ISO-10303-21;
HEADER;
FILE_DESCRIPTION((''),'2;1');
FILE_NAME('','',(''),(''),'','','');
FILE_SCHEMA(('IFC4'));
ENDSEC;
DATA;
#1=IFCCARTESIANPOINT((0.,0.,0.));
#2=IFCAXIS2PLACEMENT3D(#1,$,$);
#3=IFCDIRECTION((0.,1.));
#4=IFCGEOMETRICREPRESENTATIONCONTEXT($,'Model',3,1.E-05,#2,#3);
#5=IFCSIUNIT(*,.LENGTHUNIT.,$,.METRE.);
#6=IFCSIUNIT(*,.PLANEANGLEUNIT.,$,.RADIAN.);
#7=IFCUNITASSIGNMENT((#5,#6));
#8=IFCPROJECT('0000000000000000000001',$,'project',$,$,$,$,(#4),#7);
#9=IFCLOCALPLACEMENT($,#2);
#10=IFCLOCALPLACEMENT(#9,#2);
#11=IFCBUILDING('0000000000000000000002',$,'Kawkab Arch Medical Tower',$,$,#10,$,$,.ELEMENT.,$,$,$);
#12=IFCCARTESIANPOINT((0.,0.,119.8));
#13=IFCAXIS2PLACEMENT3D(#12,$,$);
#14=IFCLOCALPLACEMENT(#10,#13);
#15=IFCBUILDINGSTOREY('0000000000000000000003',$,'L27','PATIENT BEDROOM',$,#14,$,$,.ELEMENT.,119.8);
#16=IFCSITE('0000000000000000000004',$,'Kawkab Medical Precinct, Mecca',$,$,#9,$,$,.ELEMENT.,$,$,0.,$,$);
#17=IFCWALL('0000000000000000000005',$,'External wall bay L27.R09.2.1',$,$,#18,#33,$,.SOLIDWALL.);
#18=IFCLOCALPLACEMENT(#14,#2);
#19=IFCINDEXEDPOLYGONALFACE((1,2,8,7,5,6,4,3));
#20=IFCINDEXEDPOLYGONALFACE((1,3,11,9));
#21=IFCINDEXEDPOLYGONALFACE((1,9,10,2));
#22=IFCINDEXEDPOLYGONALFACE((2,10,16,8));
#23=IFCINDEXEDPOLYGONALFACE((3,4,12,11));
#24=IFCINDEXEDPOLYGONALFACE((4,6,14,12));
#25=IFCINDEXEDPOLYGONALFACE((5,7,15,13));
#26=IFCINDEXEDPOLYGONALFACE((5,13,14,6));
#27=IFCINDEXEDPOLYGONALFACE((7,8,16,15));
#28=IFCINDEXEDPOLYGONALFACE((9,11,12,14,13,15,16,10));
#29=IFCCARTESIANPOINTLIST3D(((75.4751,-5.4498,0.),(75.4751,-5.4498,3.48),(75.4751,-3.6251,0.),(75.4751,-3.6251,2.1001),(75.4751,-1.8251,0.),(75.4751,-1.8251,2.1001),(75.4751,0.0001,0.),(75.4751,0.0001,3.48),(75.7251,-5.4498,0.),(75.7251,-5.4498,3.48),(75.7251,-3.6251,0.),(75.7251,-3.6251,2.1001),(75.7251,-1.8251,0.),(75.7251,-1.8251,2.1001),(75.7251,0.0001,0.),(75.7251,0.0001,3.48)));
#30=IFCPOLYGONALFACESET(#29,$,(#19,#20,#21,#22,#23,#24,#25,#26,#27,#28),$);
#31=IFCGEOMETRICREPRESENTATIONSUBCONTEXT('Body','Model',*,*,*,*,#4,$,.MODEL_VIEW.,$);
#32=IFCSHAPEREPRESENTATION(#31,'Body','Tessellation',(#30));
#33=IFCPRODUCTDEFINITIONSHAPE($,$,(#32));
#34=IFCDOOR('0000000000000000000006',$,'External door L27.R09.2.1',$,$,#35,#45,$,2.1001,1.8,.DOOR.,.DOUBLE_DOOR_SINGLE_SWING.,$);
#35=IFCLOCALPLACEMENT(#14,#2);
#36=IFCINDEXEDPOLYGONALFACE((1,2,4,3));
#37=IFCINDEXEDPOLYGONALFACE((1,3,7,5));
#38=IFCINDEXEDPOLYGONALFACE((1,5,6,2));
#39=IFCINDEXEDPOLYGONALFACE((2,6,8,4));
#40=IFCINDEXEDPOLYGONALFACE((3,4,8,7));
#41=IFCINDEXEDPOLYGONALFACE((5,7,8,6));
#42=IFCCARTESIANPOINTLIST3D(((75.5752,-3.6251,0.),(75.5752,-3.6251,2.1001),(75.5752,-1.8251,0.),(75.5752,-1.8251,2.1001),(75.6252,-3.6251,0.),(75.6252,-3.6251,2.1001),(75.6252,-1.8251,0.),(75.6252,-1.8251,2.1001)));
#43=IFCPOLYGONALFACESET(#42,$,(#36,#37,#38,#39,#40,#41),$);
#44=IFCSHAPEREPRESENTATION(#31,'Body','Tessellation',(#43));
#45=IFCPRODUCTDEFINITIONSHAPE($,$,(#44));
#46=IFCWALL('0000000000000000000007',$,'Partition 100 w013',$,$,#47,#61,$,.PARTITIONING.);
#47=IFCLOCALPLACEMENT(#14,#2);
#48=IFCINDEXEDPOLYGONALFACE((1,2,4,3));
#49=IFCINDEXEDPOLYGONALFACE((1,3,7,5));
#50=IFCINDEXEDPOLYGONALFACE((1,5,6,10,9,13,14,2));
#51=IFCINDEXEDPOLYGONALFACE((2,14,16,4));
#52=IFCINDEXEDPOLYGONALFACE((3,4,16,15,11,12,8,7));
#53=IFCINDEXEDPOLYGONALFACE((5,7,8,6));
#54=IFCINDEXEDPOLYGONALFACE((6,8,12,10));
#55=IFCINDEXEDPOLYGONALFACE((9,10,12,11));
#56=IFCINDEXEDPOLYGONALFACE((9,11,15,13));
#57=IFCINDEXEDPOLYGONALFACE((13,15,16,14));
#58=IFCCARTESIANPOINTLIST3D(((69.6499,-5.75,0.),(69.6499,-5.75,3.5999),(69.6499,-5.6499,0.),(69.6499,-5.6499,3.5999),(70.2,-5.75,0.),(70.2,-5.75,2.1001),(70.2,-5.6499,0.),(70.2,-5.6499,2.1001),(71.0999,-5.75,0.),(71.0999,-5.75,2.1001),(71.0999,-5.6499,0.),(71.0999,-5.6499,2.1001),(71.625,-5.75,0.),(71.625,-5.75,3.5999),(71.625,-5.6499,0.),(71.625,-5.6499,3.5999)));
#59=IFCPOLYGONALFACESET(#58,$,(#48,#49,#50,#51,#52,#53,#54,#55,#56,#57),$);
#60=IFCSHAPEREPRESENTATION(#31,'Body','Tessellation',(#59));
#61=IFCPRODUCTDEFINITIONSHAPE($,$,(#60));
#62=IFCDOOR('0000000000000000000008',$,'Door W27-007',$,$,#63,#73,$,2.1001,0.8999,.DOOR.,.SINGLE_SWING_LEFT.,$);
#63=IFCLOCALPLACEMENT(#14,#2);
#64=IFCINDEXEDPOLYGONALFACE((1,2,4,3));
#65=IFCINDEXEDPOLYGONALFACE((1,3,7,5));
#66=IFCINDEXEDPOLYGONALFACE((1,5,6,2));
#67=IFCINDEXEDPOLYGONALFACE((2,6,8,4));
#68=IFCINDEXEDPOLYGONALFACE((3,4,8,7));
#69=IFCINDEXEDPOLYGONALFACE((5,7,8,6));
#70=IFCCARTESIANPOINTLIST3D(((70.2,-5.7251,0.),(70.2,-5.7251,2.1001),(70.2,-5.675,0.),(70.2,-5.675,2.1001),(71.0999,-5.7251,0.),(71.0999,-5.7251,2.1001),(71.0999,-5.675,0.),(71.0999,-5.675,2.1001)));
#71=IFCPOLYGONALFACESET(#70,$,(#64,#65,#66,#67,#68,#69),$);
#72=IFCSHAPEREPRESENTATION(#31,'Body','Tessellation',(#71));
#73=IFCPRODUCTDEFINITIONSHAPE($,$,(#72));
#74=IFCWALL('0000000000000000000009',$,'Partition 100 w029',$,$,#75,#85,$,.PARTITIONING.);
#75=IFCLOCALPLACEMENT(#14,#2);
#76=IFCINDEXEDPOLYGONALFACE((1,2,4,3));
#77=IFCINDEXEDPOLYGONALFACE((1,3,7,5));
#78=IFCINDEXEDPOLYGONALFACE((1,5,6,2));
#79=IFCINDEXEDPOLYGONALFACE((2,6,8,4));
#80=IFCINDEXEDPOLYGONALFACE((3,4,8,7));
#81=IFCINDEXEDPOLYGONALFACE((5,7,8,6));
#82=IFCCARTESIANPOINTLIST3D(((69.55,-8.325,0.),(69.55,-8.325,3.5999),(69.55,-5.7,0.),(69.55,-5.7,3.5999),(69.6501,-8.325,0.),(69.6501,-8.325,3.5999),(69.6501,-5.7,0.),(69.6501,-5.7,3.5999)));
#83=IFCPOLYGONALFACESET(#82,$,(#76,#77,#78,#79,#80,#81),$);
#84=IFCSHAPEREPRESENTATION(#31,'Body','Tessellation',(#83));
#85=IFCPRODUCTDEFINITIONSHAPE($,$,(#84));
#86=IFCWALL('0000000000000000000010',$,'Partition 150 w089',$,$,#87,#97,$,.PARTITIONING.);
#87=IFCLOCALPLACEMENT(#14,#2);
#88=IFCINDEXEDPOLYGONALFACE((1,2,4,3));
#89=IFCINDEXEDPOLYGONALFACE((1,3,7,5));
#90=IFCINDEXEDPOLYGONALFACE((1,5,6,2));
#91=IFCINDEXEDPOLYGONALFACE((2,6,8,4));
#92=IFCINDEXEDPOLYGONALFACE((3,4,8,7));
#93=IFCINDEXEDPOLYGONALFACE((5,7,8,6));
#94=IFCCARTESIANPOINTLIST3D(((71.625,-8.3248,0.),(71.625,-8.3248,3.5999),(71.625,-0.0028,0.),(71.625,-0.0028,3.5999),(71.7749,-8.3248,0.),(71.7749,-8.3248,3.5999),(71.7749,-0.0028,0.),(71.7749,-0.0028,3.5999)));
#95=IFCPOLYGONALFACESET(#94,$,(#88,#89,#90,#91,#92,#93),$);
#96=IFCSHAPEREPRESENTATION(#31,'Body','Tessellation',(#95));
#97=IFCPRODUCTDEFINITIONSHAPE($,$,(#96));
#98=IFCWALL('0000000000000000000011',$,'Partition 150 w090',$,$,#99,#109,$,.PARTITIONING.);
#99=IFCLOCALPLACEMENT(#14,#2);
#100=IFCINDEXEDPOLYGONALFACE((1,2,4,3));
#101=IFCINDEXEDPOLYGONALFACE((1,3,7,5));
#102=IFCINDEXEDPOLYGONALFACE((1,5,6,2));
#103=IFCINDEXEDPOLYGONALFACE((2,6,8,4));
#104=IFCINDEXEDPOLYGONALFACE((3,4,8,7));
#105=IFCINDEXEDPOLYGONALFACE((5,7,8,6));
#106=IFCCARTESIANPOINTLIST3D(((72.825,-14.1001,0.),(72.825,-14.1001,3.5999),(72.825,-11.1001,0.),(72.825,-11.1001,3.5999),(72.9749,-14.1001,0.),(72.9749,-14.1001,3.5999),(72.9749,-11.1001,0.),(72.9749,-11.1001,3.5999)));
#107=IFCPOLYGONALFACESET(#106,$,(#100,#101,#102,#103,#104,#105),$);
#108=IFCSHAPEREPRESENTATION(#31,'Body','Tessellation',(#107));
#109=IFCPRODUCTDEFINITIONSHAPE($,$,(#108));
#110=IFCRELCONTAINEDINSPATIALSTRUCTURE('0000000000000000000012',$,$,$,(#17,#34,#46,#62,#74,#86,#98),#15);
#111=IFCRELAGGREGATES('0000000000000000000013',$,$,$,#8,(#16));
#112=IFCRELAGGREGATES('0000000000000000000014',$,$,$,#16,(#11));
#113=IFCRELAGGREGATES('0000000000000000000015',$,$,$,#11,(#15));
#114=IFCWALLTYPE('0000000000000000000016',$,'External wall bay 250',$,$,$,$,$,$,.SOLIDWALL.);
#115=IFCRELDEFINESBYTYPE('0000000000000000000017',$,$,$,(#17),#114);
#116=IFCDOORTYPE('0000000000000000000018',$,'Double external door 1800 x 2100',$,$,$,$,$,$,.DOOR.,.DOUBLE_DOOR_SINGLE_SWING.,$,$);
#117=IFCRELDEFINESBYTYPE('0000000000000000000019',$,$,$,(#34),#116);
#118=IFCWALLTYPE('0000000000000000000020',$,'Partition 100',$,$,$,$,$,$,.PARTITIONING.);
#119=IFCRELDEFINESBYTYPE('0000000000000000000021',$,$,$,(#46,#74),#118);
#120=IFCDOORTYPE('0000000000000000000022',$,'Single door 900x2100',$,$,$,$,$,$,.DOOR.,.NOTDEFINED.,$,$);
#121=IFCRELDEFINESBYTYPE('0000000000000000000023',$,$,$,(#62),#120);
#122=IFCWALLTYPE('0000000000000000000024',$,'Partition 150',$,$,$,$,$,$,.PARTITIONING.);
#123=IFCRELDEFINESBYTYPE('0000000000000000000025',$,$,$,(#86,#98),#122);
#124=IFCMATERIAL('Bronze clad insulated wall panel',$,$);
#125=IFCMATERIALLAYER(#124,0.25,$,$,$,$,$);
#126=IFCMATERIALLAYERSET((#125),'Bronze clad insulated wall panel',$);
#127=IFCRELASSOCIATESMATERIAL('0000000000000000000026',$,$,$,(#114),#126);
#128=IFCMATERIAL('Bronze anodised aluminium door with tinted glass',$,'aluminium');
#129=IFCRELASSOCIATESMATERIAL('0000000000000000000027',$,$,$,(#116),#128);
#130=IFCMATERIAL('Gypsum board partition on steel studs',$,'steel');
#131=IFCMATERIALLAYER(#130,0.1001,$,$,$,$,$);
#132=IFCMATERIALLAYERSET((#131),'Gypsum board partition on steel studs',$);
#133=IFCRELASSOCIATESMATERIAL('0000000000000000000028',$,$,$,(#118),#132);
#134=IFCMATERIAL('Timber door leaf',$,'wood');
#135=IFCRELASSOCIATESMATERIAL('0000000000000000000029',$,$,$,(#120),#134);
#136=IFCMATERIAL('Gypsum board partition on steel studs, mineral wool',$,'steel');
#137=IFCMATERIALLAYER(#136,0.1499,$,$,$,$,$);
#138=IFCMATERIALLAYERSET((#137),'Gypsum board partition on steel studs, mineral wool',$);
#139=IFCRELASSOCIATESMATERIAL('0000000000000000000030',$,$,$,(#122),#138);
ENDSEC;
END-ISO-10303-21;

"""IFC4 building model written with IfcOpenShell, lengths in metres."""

from ifc_helpers import new_model, si_unit, direction, frame, frame_2d, origin, place, context, subcontext, project, spatial, rectangle, extrude, material, layer, layer_set, type_object, element, fill, save


model = new_model("IFC4")

# Units and contexts
model_context = context("Model", 3, precision=1e-05, world=origin(), true_north=direction((0.0, 1.0)))
body_context = subcontext(model_context, "Body", "Model", "MODEL_VIEW")
ifc_project = project(units=[si_unit("LENGTHUNIT", "METRE"), si_unit("PLANEANGLEUNIT", "RADIAN")], contexts=[model_context])

# Site, building, storey
site_placement = place(None, origin())
site = spatial("IfcSite", under=ifc_project, at=site_placement, Name="Kawkab Medical Precinct, Mecca", CompositionType="ELEMENT", RefElevation=0.0)
building_placement = place(site_placement, origin())
building = spatial("IfcBuilding", under=site, at=building_placement, Name="Kawkab Arch Medical Tower", CompositionType="ELEMENT")
storey_placement = place(building_placement, frame((0.0, 0.0, 119.8)))
storey = spatial("IfcBuildingStorey", under=building, at=storey_placement, Name="L27", Description="PATIENT BEDROOM", CompositionType="ELEMENT", Elevation=119.8)

# Walls, openings, doors
ifc_material_1 = material(Name="Bronze clad insulated wall panel")
ifc_layer_1 = layer(ifc_material_1, 0.25)
ifc_layer_set_1 = layer_set([ifc_layer_1], Name="Bronze clad insulated wall panel")
wall_type_1 = type_object("IfcWallType", Name="External wall bay 250", PredefinedType="SOLIDWALL", material=ifc_layer_set_1)
wall_1_placement = place(storey_placement, frame((75.6001, -5.45, 0.0), z_axis=(0.0, 0.0, 1.0), x_axis=(0.0, 1.0, 0.0)))
wall_1 = element("IfcWall", 1, at=wall_1_placement, inside=storey, type_object=wall_type_1, Name="External wall bay L27.R09.2.1", PredefinedType="SOLIDWALL", context=body_context, shape_type="SweptSolid", body=[
    extrude(rectangle(XDim=5.45, YDim=0.25, at=frame_2d((2.7251, 0.0))), origin(), (0.0, 0.0, 1.0), 3.48),
])
opening_1_placement = place(wall_1_placement, frame((1.825, 0.0, 0.0)))
opening_1 = element("IfcOpeningElement", 2, at=opening_1_placement, cuts=wall_1, PredefinedType="OPENING", context=body_context, shape_type="SweptSolid", body=[
    extrude(rectangle(XDim=1.8, YDim=2.1001, at=frame_2d((0.8999, 1.05))), frame((0.0, 0.135, 0.0), z_axis=(0.0, -1.0, 0.0), x_axis=(1.0, 0.0, 0.0)), (0.0, 0.0, 1.0), 0.27),
])
ifc_material_2 = material(Name="Bronze anodised aluminium door with tinted glass", Category="aluminium")
door_type_1 = type_object("IfcDoorType", Name="Double external door 1800 x 2100", OperationType="DOUBLE_DOOR_SINGLE_SWING", PredefinedType="DOOR", material=ifc_material_2)
door_1_placement = place(opening_1_placement, origin())
door_1 = element("IfcDoor", 3, at=door_1_placement, inside=storey, type_object=door_type_1, Name="External door L27.R09.2.1", OperationType="DOUBLE_DOOR_SINGLE_SWING", OverallHeight=2.1001, OverallWidth=1.8, PredefinedType="DOOR", context=body_context, shape_type="SweptSolid", body=[
    extrude(rectangle(XDim=1.8, YDim=2.1001, at=frame_2d((0.8999, 1.05))), frame((0.0, 0.0249, 0.0), z_axis=(0.0, -1.0, 0.0), x_axis=(1.0, 0.0, 0.0)), (0.0, 0.0, 1.0), 0.05),
])
fill(opening_1, door_1)
ifc_material_3 = material(Name="Gypsum board partition on steel studs", Category="steel")
ifc_layer_2 = layer(ifc_material_3, 0.1001)
ifc_layer_set_2 = layer_set([ifc_layer_2], Name="Gypsum board partition on steel studs")
wall_type_2 = type_object("IfcWallType", Name="Partition 100", PredefinedType="PARTITIONING", material=ifc_layer_set_2)
wall_2_placement = place(storey_placement, frame((69.6499, -5.7, 0.0), z_axis=(0.0, 0.0, 1.0), x_axis=(1.0, 0.0, 0.0)))
wall_2 = element("IfcWall", 4, at=wall_2_placement, inside=storey, type_object=wall_type_2, Name="Partition 100 w013", PredefinedType="PARTITIONING", context=body_context, shape_type="SweptSolid", body=[
    extrude(rectangle(XDim=1.9751, YDim=0.1001, at=frame_2d((0.9875, 0.0))), origin(), (0.0, 0.0, 1.0), 3.5999),
])
opening_2_placement = place(wall_2_placement, frame((0.55, 0.0, 0.0)))
opening_2 = element("IfcOpeningElement", 5, at=opening_2_placement, cuts=wall_2, PredefinedType="OPENING", context=body_context, shape_type="SweptSolid", body=[
    extrude(rectangle(XDim=0.8999, YDim=2.1001, at=frame_2d((0.45, 1.05))), frame((0.0, 0.0601, 0.0), z_axis=(0.0, -1.0, 0.0), x_axis=(1.0, 0.0, 0.0)), (0.0, 0.0, 1.0), 0.1201),
])
ifc_material_4 = material(Name="Timber door leaf", Category="wood")
door_type_2 = type_object("IfcDoorType", Name="Single door 900x2100", OperationType="NOTDEFINED", PredefinedType="DOOR", material=ifc_material_4)
door_2_placement = place(opening_2_placement, origin())
door_2 = element("IfcDoor", 6, at=door_2_placement, inside=storey, type_object=door_type_2, Name="Door W27-007", OperationType="SINGLE_SWING_LEFT", OverallHeight=2.1001, OverallWidth=0.8999, PredefinedType="DOOR", context=body_context, shape_type="SweptSolid", body=[
    extrude(rectangle(XDim=0.8999, YDim=2.1001, at=frame_2d((0.45, 1.05))), frame((0.0, 0.0249, 0.0), z_axis=(0.0, -1.0, 0.0), x_axis=(1.0, 0.0, 0.0)), (0.0, 0.0, 1.0), 0.05),
])
fill(opening_2, door_2)

# Walls
wall_3_placement = place(storey_placement, frame((69.6001, -8.325, 0.0), z_axis=(0.0, 0.0, 1.0), x_axis=(0.0, 1.0, 0.0)))
element("IfcWall", 7, at=wall_3_placement, inside=storey, type_object=wall_type_2, Name="Partition 100 w029", PredefinedType="PARTITIONING", context=body_context, shape_type="SweptSolid", body=[
    extrude(rectangle(XDim=2.625, YDim=0.1001, at=frame_2d((1.3125, 0.0))), origin(), (0.0, 0.0, 1.0), 3.5999),
])
ifc_material_5 = material(Name="Gypsum board partition on steel studs, mineral wool", Category="steel")
ifc_layer_3 = layer(ifc_material_5, 0.1499)
ifc_layer_set_3 = layer_set([ifc_layer_3], Name="Gypsum board partition on steel studs, mineral wool")
wall_type_3 = type_object("IfcWallType", Name="Partition 150", PredefinedType="PARTITIONING", material=ifc_layer_set_3)
wall_4_placement = place(storey_placement, frame((71.7, -8.325, 0.0), z_axis=(0.0, 0.0, 1.0), x_axis=(0.0, 1.0, 0.0)))
element("IfcWall", 8, at=wall_4_placement, inside=storey, type_object=wall_type_3, Name="Partition 150 w089", PredefinedType="PARTITIONING", context=body_context, shape_type="SweptSolid", body=[
    extrude(rectangle(XDim=8.322, YDim=0.1499, at=frame_2d((4.1611, 0.0))), origin(), (0.0, 0.0, 1.0), 3.5999),
])
wall_5_placement = place(storey_placement, frame((72.8999, -14.1001, 0.0), z_axis=(0.0, 0.0, 1.0), x_axis=(0.0, 1.0, 0.0)))
element("IfcWall", 9, at=wall_5_placement, inside=storey, type_object=wall_type_3, Name="Partition 150 w090", PredefinedType="PARTITIONING", context=body_context, shape_type="SweptSolid", body=[
    extrude(rectangle(XDim=3.0, YDim=0.1499, at=frame_2d((1.5, 0.0))), origin(), (0.0, 0.0, 1.0), 3.5999),
])

save(model, "model.ifc")
